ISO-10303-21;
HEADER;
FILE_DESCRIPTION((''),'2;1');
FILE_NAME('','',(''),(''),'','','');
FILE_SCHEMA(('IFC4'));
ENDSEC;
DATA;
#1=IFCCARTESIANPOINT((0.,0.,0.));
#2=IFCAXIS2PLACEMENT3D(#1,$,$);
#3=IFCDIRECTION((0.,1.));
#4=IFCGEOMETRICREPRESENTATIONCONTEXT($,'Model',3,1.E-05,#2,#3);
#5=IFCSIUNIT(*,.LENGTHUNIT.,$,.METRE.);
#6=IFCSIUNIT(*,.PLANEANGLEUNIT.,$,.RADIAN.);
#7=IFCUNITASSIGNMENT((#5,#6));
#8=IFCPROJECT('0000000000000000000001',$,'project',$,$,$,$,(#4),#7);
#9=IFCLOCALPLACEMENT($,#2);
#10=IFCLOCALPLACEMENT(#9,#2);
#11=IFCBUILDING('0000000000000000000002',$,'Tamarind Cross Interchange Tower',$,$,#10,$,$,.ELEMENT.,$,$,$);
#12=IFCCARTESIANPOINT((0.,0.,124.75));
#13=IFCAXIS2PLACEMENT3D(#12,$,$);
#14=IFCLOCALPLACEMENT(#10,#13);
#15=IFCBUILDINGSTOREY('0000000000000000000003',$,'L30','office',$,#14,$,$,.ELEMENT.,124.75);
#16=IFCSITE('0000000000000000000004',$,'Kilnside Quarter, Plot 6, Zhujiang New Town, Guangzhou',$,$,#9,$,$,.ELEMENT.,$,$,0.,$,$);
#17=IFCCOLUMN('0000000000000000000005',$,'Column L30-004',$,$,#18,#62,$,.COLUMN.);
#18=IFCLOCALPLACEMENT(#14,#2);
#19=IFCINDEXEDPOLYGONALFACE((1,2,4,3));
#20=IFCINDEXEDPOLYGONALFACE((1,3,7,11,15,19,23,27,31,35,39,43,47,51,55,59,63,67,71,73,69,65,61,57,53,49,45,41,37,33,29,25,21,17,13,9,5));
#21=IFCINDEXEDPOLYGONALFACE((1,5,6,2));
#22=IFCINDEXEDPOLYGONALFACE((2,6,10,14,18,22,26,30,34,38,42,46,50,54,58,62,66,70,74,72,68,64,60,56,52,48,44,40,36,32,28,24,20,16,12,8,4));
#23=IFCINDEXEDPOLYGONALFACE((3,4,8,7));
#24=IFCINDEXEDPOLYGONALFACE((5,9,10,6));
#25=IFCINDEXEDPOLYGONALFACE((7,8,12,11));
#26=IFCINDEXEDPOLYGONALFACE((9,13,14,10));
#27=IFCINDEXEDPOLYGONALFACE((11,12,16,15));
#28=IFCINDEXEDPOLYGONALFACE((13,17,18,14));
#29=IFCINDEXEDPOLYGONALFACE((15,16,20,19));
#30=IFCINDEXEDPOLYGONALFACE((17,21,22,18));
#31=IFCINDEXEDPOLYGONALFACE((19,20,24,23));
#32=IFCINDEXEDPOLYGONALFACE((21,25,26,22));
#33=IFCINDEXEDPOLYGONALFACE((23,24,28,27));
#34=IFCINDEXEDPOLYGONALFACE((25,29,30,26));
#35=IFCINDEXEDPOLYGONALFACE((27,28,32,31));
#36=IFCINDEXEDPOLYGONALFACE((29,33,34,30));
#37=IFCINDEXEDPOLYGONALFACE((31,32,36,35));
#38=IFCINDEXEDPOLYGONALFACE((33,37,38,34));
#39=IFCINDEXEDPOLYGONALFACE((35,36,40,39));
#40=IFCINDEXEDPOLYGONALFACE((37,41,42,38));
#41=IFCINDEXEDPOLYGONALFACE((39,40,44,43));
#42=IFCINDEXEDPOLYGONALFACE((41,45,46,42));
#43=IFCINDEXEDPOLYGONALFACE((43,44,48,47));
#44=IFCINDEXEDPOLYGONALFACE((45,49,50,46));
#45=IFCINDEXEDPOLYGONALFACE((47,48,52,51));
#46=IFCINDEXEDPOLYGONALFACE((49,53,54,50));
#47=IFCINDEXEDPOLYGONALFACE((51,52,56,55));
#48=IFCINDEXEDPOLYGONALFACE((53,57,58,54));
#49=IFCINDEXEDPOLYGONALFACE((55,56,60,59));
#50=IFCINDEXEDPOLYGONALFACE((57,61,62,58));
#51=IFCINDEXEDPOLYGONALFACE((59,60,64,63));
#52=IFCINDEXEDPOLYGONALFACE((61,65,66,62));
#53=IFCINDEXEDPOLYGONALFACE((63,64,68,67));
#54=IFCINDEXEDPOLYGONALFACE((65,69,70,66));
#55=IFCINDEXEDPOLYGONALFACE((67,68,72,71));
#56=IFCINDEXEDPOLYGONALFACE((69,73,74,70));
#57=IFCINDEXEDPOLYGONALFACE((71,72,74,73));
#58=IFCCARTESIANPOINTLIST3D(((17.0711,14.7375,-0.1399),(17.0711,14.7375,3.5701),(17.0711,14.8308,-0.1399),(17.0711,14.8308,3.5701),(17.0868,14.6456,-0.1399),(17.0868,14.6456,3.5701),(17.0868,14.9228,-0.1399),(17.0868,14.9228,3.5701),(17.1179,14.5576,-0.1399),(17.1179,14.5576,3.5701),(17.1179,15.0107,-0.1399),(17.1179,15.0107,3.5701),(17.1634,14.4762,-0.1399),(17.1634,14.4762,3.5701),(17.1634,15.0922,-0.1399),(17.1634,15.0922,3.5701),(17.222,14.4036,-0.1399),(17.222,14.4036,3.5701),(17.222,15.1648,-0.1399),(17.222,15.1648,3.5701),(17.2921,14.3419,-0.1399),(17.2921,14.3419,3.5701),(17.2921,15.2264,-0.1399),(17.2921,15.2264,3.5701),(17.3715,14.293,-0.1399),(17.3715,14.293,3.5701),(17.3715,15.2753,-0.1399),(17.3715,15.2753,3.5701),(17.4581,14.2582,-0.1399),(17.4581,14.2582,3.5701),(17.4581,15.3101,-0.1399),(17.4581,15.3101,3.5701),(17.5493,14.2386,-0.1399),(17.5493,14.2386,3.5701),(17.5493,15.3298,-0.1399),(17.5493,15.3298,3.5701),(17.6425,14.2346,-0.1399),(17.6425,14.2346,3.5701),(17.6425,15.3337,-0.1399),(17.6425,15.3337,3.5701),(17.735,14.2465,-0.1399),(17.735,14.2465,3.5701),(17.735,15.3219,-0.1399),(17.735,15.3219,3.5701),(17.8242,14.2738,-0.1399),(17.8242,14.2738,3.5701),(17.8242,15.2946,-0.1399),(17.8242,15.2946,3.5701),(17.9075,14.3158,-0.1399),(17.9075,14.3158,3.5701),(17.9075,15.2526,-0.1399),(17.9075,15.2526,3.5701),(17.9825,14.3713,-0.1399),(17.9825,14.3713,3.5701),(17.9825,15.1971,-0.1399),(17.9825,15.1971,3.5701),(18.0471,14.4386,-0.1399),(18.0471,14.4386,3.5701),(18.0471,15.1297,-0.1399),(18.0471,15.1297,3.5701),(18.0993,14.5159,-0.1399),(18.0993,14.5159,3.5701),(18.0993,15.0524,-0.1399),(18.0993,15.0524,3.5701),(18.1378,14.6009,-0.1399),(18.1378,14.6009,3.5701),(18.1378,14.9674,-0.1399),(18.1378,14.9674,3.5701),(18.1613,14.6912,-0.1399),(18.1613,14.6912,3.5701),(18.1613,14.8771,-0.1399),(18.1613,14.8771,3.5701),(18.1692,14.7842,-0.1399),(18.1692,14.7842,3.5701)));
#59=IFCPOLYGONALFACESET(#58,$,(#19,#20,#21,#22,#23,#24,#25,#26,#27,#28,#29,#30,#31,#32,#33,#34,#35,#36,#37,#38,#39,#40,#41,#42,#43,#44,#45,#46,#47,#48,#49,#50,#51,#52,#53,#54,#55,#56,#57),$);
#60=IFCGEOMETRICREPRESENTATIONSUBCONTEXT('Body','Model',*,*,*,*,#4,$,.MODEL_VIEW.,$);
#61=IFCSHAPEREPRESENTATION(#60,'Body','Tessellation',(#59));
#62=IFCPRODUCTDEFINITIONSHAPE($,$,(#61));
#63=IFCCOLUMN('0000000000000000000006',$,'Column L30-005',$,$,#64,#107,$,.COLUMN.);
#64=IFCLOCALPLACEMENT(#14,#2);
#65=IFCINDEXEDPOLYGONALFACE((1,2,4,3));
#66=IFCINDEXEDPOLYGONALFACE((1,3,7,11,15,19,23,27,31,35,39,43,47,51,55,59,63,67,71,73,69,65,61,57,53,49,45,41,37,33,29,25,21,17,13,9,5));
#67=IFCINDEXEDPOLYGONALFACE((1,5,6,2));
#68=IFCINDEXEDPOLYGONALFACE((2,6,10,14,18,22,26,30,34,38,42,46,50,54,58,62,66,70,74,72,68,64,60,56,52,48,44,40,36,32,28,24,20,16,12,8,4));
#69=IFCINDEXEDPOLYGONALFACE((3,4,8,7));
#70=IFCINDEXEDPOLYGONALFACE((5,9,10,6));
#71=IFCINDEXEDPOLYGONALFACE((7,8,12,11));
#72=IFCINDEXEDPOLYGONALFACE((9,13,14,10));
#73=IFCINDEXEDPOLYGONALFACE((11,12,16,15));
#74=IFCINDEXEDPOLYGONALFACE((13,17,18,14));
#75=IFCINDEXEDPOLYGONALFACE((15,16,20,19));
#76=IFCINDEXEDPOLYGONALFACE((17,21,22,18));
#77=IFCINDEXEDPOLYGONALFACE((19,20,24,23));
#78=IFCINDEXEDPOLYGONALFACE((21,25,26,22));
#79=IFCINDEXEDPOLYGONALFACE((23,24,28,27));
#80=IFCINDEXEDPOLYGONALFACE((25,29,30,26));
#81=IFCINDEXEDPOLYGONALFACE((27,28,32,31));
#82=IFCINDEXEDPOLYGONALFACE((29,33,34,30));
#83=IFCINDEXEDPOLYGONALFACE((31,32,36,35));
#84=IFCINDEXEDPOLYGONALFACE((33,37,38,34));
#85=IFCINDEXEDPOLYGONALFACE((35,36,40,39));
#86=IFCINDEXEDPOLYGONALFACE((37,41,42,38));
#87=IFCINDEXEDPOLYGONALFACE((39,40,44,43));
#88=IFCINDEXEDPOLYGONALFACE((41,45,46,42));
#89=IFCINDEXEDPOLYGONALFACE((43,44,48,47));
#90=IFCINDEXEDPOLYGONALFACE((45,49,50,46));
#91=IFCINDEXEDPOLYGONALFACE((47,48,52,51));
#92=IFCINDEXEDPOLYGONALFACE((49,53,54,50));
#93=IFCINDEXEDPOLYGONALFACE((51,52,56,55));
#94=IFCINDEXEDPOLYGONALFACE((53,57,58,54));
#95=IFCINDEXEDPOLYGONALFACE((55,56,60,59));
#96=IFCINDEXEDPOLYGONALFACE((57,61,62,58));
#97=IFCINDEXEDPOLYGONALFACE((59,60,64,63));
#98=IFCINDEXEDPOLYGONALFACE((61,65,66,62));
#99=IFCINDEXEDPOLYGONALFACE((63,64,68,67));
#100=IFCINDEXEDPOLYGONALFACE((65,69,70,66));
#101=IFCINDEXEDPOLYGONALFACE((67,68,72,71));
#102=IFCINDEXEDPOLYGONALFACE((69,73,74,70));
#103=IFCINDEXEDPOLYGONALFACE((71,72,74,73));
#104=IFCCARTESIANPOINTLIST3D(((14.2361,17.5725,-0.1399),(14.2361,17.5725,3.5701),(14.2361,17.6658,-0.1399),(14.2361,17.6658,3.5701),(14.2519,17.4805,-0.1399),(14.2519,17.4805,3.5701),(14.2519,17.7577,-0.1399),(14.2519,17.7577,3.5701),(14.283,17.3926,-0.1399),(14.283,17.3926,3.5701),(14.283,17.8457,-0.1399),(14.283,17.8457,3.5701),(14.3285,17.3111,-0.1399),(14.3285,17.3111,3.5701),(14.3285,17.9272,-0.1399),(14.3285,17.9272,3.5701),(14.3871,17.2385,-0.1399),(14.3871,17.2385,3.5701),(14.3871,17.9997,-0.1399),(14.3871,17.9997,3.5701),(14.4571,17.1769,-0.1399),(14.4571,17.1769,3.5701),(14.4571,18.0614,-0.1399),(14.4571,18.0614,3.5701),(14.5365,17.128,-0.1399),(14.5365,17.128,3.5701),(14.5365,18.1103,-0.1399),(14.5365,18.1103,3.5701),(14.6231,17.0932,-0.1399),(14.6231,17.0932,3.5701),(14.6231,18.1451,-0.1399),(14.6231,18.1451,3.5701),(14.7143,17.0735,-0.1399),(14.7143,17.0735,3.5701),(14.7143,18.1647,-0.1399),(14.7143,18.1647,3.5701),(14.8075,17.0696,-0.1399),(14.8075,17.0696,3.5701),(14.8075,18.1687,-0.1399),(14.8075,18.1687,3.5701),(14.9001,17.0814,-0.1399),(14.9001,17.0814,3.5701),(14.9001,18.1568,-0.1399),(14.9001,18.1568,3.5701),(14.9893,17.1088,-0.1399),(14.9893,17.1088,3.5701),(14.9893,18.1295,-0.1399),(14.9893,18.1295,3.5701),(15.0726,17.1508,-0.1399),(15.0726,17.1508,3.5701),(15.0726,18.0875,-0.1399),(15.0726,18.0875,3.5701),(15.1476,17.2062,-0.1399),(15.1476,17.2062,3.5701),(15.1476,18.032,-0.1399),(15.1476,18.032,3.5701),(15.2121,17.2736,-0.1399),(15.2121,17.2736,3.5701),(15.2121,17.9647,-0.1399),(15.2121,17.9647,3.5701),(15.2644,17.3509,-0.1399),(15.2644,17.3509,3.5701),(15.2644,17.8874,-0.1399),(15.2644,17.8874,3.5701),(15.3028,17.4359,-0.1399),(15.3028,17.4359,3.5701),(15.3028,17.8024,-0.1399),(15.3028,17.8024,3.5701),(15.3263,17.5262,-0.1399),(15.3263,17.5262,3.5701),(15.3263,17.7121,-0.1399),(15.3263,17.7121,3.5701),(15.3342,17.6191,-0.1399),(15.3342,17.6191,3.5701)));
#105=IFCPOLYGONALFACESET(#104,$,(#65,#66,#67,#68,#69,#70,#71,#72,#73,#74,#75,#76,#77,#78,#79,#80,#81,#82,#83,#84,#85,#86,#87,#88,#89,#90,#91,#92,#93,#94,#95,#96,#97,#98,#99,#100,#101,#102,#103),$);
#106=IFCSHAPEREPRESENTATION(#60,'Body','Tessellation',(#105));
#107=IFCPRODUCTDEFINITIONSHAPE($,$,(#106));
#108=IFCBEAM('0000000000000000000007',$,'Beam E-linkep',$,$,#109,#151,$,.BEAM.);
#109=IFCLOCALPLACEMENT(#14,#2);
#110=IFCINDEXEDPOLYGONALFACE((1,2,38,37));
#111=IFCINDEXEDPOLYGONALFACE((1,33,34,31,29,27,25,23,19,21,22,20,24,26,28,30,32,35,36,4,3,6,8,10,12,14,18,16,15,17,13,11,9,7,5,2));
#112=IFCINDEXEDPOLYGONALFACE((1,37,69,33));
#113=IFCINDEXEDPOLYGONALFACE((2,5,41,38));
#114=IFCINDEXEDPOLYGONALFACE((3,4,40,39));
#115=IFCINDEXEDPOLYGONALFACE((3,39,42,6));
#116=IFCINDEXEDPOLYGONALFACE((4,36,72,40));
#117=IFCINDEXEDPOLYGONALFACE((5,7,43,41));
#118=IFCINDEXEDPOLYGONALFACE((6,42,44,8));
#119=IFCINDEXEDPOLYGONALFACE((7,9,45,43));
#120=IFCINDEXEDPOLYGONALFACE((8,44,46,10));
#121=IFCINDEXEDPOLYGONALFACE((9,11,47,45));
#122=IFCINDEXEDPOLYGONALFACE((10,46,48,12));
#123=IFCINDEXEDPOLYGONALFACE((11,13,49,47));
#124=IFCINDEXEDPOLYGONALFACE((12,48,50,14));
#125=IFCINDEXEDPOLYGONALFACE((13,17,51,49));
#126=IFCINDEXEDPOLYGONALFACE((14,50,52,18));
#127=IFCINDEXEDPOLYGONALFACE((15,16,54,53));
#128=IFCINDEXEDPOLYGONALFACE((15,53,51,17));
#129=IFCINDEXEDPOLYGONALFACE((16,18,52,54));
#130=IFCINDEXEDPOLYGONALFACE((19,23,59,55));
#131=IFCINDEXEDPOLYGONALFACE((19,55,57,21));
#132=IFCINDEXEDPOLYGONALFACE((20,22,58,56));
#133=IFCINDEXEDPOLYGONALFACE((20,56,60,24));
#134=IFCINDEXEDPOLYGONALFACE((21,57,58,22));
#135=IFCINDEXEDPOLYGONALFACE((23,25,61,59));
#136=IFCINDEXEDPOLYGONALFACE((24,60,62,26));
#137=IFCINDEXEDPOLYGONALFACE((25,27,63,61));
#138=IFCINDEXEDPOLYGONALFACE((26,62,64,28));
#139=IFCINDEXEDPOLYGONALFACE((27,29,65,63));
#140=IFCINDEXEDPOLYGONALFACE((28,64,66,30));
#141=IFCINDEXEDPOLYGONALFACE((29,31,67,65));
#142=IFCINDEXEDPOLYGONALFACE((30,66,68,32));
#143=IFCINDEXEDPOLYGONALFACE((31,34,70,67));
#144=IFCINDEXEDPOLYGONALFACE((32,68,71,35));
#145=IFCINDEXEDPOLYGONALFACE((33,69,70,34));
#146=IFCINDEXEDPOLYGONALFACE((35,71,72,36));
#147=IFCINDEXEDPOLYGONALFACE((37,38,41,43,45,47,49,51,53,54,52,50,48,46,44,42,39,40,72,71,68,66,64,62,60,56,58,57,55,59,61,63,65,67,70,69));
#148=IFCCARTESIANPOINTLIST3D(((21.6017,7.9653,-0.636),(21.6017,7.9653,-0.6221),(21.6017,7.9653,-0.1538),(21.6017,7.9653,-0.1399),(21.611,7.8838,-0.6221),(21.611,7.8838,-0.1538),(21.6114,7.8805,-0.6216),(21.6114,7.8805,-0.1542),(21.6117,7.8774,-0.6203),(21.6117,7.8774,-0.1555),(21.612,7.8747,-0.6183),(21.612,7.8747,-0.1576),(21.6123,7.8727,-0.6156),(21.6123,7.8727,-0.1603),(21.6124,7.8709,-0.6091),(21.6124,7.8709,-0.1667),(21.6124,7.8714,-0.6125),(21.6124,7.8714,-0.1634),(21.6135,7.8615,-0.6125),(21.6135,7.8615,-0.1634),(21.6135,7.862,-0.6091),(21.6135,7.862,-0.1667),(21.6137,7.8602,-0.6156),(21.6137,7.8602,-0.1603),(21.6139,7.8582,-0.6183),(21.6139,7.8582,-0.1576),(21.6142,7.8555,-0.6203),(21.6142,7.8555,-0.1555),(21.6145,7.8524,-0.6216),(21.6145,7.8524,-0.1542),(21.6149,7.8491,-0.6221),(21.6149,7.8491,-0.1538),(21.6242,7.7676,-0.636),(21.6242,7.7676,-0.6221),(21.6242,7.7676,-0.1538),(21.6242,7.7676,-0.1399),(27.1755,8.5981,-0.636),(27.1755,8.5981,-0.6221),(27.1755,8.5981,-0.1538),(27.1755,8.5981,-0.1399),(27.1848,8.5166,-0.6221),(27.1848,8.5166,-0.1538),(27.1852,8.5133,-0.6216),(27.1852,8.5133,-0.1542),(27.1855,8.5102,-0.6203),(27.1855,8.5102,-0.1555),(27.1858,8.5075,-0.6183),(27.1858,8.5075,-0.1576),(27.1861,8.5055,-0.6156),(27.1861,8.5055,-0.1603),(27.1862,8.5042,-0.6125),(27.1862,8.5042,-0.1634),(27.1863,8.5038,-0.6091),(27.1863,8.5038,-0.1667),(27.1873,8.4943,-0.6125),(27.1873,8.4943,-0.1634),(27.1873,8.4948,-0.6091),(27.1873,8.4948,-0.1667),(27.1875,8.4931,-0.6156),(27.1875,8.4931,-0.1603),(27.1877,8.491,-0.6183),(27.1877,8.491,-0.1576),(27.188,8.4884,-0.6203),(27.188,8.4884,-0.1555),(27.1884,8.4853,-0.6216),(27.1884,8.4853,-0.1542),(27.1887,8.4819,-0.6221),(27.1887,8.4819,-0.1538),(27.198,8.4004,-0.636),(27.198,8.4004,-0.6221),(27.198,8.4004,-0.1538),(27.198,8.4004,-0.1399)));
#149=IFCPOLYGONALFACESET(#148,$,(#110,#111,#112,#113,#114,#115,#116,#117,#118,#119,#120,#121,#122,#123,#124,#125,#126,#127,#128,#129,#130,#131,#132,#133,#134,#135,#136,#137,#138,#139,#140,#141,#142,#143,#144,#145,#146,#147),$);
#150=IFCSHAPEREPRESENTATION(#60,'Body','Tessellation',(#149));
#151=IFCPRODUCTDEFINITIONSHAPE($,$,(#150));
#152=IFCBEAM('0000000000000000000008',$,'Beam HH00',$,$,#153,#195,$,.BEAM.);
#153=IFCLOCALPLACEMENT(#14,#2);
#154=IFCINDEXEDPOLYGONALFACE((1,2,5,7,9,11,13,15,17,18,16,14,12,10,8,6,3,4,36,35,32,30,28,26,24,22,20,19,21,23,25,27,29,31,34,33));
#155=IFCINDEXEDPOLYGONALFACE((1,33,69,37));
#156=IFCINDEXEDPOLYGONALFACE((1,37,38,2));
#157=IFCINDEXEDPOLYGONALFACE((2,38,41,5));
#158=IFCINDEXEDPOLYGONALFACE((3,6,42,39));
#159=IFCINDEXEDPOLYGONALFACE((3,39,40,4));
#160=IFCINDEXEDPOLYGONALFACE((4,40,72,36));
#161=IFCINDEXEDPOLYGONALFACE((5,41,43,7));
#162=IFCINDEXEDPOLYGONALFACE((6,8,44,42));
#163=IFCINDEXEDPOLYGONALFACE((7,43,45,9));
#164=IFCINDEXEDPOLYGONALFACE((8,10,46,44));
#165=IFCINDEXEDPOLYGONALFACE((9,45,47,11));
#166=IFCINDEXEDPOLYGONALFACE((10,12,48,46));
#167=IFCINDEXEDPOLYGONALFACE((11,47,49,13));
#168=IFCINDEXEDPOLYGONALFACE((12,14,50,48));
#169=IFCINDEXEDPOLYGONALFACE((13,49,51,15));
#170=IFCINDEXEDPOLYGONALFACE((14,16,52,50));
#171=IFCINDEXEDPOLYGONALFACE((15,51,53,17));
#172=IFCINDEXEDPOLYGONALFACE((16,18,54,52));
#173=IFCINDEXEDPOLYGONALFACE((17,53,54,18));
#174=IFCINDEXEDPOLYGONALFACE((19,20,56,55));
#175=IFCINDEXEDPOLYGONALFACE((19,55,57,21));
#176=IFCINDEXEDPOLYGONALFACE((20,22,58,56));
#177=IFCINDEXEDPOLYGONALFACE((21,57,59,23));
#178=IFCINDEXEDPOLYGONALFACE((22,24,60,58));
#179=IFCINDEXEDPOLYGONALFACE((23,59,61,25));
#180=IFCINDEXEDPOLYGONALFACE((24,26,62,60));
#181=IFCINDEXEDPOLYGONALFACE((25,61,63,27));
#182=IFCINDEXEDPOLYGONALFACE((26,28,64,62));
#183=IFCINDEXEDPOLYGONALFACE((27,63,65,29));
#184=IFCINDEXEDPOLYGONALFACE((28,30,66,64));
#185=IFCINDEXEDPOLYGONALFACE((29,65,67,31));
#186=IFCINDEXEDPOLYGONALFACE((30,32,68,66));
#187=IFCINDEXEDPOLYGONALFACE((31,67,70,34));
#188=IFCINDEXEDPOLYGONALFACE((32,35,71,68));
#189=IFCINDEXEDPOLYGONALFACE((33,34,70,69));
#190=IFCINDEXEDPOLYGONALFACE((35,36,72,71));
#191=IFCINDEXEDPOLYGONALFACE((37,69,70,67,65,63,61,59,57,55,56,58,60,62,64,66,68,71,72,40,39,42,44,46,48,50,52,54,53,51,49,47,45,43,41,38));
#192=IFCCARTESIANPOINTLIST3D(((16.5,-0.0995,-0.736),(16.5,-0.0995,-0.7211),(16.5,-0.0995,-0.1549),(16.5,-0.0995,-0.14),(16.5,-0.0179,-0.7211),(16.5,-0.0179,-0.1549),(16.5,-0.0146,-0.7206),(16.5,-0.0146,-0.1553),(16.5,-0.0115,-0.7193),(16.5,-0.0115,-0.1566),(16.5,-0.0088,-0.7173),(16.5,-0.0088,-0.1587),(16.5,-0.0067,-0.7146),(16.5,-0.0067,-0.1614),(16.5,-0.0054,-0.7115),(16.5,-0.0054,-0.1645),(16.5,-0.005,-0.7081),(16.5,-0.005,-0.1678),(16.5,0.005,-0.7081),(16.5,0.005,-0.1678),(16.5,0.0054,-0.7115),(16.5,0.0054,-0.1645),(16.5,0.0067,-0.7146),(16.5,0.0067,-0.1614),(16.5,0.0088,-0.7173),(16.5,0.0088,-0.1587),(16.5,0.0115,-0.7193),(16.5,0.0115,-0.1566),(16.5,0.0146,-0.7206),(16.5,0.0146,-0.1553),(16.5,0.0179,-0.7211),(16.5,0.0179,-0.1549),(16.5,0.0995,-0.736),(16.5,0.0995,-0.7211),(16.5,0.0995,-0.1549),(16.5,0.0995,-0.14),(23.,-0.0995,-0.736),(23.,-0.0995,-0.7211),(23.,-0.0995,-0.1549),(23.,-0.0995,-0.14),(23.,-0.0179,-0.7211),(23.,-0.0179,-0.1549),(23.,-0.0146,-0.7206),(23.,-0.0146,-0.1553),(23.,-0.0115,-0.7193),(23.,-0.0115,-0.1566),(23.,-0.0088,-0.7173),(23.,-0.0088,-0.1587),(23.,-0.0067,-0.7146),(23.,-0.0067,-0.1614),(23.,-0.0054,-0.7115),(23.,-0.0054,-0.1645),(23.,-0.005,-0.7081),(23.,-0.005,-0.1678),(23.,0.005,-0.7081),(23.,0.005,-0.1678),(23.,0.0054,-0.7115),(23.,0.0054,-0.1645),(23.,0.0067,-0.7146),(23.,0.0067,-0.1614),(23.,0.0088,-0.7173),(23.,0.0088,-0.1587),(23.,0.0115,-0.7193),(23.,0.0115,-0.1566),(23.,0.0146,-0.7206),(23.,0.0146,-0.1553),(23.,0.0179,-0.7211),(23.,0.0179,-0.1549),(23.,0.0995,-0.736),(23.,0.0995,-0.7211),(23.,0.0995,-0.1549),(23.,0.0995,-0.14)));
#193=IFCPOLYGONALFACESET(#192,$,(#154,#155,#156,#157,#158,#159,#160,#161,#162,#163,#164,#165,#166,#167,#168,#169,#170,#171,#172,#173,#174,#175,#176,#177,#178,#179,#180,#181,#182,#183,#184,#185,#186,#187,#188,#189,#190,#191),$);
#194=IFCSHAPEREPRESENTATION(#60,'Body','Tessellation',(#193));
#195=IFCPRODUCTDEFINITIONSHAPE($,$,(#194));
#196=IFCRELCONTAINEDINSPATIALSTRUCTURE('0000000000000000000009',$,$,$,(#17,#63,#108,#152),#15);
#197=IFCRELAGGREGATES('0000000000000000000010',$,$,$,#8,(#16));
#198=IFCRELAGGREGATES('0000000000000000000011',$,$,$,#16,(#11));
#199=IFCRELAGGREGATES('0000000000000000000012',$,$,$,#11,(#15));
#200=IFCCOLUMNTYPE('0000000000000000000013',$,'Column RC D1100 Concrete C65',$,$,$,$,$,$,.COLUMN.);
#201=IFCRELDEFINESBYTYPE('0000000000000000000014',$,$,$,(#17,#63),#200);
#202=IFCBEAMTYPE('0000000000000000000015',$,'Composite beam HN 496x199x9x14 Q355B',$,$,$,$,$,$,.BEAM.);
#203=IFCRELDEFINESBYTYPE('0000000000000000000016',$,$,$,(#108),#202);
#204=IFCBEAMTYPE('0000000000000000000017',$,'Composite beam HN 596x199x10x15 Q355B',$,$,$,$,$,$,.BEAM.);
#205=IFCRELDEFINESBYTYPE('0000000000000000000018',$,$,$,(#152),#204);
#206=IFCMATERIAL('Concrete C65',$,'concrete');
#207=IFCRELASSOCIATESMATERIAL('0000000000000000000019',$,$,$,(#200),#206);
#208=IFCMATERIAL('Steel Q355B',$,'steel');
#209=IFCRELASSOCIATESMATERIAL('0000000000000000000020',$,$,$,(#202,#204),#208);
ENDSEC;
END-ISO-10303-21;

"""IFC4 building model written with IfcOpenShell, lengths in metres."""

from ifc_helpers import new_model, si_unit, direction, frame, origin, origin_2d, place, context, subcontext, project, spatial, circle, i_section, extrude, material, material_profile, profile_set, type_object, element, save


model = new_model("IFC4")

# Units and contexts
model_context = context("Model", 3, precision=1e-05, world=origin(), true_north=direction((0.0, 1.0)))
body_context = subcontext(model_context, "Body", "Model", "MODEL_VIEW")
ifc_project = project(units=[si_unit("LENGTHUNIT", "METRE"), si_unit("PLANEANGLEUNIT", "RADIAN")], contexts=[model_context])

# Site, building, storey
site_placement = place(None, origin())
site = spatial("IfcSite", under=ifc_project, at=site_placement, Name="Kilnside Quarter, Plot 6, Zhujiang New Town, Guangzhou", CompositionType="ELEMENT", RefElevation=0.0)
building_placement = place(site_placement, origin())
building = spatial("IfcBuilding", under=site, at=building_placement, Name="Tamarind Cross Interchange Tower", CompositionType="ELEMENT")
storey_placement = place(building_placement, frame((0.0, 0.0, 124.75)))
storey = spatial("IfcBuildingStorey", under=building, at=storey_placement, Name="L30", Description="office", CompositionType="ELEMENT", Elevation=124.75)

# Columns
ifc_material_1 = material(Name="Concrete C65", Category="concrete")
ifc_material_profile_1 = material_profile(ifc_material_1, circle(Radius=0.55, at=origin_2d()), Name="RC D1100")
ifc_profile_set_1 = profile_set([ifc_material_profile_1], Name="Concrete C65")
column_type_1 = type_object("IfcColumnType", Name="Column RC D1100 Concrete C65", PredefinedType="COLUMN", material=ifc_profile_set_1)
for number, where, z_axis, x_axis, name in (
    (1, (17.6191, 14.7842, -0.1399), (0.0, 0.0, 1.0), (1.0, 0.0, 0.0), "Column L30-004"),
    (2, (14.7842, 17.6191, -0.1399), (0.0, 0.0, 1.0), (1.0, 0.0, 0.0), "Column L30-005"),
):
    element("IfcColumn", number, at=place(storey_placement, frame(where, z_axis=z_axis, x_axis=x_axis)), inside=storey, type_object=column_type_1, Name=name, PredefinedType="COLUMN", context=body_context, shape_type="SweptSolid", body=[
        extrude(circle(Radius=0.55, at=origin_2d()), origin(), (0.0, 0.0, 1.0), 3.71),
    ])

# Beams
ifc_material_2 = material(Name="Steel Q355B", Category="steel")
ifc_material_profile_2 = material_profile(ifc_material_2, i_section(OverallWidth=0.199, OverallDepth=0.4961, WebThickness=0.009, FlangeThickness=0.0139, FilletRadius=0.0129, at=origin_2d()), Name="HN 496x199x9x14")
ifc_profile_set_2 = profile_set([ifc_material_profile_2], Name="Steel Q355B")
beam_type_1 = type_object("IfcBeamType", Name="Composite beam HN 496x199x9x14 Q355B", PredefinedType="BEAM", material=ifc_profile_set_2)
beam_1_placement = place(storey_placement, frame((27.1868, 8.4993, -0.3879), z_axis=(-0.993617, -0.11281, 0.0), x_axis=(0.11281, -0.993617, 0.0)))
element("IfcBeam", 3, at=beam_1_placement, inside=storey, type_object=beam_type_1, Name="Beam E-linkep", PredefinedType="BEAM", context=body_context, shape_type="SweptSolid", body=[
    extrude(i_section(OverallWidth=0.199, OverallDepth=0.4961, WebThickness=0.009, FlangeThickness=0.0139, FilletRadius=0.0129, at=origin_2d()), origin(), (0.0, 0.0, 1.0), 5.6096),
])
ifc_material_profile_3 = material_profile(ifc_material_2, i_section(OverallWidth=0.199, OverallDepth=0.5959, WebThickness=0.01, FlangeThickness=0.0149, FilletRadius=0.0129, at=origin_2d()), Name="HN 596x199x10x15")
ifc_profile_set_3 = profile_set([ifc_material_profile_3], Name="Steel Q355B")
beam_type_2 = type_object("IfcBeamType", Name="Composite beam HN 596x199x10x15 Q355B", PredefinedType="BEAM", material=ifc_profile_set_3)
beam_2_placement = place(storey_placement, frame((23.0, 0.0, -0.438), z_axis=(-1.0, 0.0, 0.0), x_axis=(0.0, -1.0, 0.0)))
element("IfcBeam", 4, at=beam_2_placement, inside=storey, type_object=beam_type_2, Name="Beam HH00", PredefinedType="BEAM", context=body_context, shape_type="SweptSolid", body=[
    extrude(i_section(OverallWidth=0.199, OverallDepth=0.5959, WebThickness=0.01, FlangeThickness=0.0149, FilletRadius=0.0129, at=origin_2d()), origin(), (0.0, 0.0, 1.0), 6.5),
])

save(model, "model.ifc")
